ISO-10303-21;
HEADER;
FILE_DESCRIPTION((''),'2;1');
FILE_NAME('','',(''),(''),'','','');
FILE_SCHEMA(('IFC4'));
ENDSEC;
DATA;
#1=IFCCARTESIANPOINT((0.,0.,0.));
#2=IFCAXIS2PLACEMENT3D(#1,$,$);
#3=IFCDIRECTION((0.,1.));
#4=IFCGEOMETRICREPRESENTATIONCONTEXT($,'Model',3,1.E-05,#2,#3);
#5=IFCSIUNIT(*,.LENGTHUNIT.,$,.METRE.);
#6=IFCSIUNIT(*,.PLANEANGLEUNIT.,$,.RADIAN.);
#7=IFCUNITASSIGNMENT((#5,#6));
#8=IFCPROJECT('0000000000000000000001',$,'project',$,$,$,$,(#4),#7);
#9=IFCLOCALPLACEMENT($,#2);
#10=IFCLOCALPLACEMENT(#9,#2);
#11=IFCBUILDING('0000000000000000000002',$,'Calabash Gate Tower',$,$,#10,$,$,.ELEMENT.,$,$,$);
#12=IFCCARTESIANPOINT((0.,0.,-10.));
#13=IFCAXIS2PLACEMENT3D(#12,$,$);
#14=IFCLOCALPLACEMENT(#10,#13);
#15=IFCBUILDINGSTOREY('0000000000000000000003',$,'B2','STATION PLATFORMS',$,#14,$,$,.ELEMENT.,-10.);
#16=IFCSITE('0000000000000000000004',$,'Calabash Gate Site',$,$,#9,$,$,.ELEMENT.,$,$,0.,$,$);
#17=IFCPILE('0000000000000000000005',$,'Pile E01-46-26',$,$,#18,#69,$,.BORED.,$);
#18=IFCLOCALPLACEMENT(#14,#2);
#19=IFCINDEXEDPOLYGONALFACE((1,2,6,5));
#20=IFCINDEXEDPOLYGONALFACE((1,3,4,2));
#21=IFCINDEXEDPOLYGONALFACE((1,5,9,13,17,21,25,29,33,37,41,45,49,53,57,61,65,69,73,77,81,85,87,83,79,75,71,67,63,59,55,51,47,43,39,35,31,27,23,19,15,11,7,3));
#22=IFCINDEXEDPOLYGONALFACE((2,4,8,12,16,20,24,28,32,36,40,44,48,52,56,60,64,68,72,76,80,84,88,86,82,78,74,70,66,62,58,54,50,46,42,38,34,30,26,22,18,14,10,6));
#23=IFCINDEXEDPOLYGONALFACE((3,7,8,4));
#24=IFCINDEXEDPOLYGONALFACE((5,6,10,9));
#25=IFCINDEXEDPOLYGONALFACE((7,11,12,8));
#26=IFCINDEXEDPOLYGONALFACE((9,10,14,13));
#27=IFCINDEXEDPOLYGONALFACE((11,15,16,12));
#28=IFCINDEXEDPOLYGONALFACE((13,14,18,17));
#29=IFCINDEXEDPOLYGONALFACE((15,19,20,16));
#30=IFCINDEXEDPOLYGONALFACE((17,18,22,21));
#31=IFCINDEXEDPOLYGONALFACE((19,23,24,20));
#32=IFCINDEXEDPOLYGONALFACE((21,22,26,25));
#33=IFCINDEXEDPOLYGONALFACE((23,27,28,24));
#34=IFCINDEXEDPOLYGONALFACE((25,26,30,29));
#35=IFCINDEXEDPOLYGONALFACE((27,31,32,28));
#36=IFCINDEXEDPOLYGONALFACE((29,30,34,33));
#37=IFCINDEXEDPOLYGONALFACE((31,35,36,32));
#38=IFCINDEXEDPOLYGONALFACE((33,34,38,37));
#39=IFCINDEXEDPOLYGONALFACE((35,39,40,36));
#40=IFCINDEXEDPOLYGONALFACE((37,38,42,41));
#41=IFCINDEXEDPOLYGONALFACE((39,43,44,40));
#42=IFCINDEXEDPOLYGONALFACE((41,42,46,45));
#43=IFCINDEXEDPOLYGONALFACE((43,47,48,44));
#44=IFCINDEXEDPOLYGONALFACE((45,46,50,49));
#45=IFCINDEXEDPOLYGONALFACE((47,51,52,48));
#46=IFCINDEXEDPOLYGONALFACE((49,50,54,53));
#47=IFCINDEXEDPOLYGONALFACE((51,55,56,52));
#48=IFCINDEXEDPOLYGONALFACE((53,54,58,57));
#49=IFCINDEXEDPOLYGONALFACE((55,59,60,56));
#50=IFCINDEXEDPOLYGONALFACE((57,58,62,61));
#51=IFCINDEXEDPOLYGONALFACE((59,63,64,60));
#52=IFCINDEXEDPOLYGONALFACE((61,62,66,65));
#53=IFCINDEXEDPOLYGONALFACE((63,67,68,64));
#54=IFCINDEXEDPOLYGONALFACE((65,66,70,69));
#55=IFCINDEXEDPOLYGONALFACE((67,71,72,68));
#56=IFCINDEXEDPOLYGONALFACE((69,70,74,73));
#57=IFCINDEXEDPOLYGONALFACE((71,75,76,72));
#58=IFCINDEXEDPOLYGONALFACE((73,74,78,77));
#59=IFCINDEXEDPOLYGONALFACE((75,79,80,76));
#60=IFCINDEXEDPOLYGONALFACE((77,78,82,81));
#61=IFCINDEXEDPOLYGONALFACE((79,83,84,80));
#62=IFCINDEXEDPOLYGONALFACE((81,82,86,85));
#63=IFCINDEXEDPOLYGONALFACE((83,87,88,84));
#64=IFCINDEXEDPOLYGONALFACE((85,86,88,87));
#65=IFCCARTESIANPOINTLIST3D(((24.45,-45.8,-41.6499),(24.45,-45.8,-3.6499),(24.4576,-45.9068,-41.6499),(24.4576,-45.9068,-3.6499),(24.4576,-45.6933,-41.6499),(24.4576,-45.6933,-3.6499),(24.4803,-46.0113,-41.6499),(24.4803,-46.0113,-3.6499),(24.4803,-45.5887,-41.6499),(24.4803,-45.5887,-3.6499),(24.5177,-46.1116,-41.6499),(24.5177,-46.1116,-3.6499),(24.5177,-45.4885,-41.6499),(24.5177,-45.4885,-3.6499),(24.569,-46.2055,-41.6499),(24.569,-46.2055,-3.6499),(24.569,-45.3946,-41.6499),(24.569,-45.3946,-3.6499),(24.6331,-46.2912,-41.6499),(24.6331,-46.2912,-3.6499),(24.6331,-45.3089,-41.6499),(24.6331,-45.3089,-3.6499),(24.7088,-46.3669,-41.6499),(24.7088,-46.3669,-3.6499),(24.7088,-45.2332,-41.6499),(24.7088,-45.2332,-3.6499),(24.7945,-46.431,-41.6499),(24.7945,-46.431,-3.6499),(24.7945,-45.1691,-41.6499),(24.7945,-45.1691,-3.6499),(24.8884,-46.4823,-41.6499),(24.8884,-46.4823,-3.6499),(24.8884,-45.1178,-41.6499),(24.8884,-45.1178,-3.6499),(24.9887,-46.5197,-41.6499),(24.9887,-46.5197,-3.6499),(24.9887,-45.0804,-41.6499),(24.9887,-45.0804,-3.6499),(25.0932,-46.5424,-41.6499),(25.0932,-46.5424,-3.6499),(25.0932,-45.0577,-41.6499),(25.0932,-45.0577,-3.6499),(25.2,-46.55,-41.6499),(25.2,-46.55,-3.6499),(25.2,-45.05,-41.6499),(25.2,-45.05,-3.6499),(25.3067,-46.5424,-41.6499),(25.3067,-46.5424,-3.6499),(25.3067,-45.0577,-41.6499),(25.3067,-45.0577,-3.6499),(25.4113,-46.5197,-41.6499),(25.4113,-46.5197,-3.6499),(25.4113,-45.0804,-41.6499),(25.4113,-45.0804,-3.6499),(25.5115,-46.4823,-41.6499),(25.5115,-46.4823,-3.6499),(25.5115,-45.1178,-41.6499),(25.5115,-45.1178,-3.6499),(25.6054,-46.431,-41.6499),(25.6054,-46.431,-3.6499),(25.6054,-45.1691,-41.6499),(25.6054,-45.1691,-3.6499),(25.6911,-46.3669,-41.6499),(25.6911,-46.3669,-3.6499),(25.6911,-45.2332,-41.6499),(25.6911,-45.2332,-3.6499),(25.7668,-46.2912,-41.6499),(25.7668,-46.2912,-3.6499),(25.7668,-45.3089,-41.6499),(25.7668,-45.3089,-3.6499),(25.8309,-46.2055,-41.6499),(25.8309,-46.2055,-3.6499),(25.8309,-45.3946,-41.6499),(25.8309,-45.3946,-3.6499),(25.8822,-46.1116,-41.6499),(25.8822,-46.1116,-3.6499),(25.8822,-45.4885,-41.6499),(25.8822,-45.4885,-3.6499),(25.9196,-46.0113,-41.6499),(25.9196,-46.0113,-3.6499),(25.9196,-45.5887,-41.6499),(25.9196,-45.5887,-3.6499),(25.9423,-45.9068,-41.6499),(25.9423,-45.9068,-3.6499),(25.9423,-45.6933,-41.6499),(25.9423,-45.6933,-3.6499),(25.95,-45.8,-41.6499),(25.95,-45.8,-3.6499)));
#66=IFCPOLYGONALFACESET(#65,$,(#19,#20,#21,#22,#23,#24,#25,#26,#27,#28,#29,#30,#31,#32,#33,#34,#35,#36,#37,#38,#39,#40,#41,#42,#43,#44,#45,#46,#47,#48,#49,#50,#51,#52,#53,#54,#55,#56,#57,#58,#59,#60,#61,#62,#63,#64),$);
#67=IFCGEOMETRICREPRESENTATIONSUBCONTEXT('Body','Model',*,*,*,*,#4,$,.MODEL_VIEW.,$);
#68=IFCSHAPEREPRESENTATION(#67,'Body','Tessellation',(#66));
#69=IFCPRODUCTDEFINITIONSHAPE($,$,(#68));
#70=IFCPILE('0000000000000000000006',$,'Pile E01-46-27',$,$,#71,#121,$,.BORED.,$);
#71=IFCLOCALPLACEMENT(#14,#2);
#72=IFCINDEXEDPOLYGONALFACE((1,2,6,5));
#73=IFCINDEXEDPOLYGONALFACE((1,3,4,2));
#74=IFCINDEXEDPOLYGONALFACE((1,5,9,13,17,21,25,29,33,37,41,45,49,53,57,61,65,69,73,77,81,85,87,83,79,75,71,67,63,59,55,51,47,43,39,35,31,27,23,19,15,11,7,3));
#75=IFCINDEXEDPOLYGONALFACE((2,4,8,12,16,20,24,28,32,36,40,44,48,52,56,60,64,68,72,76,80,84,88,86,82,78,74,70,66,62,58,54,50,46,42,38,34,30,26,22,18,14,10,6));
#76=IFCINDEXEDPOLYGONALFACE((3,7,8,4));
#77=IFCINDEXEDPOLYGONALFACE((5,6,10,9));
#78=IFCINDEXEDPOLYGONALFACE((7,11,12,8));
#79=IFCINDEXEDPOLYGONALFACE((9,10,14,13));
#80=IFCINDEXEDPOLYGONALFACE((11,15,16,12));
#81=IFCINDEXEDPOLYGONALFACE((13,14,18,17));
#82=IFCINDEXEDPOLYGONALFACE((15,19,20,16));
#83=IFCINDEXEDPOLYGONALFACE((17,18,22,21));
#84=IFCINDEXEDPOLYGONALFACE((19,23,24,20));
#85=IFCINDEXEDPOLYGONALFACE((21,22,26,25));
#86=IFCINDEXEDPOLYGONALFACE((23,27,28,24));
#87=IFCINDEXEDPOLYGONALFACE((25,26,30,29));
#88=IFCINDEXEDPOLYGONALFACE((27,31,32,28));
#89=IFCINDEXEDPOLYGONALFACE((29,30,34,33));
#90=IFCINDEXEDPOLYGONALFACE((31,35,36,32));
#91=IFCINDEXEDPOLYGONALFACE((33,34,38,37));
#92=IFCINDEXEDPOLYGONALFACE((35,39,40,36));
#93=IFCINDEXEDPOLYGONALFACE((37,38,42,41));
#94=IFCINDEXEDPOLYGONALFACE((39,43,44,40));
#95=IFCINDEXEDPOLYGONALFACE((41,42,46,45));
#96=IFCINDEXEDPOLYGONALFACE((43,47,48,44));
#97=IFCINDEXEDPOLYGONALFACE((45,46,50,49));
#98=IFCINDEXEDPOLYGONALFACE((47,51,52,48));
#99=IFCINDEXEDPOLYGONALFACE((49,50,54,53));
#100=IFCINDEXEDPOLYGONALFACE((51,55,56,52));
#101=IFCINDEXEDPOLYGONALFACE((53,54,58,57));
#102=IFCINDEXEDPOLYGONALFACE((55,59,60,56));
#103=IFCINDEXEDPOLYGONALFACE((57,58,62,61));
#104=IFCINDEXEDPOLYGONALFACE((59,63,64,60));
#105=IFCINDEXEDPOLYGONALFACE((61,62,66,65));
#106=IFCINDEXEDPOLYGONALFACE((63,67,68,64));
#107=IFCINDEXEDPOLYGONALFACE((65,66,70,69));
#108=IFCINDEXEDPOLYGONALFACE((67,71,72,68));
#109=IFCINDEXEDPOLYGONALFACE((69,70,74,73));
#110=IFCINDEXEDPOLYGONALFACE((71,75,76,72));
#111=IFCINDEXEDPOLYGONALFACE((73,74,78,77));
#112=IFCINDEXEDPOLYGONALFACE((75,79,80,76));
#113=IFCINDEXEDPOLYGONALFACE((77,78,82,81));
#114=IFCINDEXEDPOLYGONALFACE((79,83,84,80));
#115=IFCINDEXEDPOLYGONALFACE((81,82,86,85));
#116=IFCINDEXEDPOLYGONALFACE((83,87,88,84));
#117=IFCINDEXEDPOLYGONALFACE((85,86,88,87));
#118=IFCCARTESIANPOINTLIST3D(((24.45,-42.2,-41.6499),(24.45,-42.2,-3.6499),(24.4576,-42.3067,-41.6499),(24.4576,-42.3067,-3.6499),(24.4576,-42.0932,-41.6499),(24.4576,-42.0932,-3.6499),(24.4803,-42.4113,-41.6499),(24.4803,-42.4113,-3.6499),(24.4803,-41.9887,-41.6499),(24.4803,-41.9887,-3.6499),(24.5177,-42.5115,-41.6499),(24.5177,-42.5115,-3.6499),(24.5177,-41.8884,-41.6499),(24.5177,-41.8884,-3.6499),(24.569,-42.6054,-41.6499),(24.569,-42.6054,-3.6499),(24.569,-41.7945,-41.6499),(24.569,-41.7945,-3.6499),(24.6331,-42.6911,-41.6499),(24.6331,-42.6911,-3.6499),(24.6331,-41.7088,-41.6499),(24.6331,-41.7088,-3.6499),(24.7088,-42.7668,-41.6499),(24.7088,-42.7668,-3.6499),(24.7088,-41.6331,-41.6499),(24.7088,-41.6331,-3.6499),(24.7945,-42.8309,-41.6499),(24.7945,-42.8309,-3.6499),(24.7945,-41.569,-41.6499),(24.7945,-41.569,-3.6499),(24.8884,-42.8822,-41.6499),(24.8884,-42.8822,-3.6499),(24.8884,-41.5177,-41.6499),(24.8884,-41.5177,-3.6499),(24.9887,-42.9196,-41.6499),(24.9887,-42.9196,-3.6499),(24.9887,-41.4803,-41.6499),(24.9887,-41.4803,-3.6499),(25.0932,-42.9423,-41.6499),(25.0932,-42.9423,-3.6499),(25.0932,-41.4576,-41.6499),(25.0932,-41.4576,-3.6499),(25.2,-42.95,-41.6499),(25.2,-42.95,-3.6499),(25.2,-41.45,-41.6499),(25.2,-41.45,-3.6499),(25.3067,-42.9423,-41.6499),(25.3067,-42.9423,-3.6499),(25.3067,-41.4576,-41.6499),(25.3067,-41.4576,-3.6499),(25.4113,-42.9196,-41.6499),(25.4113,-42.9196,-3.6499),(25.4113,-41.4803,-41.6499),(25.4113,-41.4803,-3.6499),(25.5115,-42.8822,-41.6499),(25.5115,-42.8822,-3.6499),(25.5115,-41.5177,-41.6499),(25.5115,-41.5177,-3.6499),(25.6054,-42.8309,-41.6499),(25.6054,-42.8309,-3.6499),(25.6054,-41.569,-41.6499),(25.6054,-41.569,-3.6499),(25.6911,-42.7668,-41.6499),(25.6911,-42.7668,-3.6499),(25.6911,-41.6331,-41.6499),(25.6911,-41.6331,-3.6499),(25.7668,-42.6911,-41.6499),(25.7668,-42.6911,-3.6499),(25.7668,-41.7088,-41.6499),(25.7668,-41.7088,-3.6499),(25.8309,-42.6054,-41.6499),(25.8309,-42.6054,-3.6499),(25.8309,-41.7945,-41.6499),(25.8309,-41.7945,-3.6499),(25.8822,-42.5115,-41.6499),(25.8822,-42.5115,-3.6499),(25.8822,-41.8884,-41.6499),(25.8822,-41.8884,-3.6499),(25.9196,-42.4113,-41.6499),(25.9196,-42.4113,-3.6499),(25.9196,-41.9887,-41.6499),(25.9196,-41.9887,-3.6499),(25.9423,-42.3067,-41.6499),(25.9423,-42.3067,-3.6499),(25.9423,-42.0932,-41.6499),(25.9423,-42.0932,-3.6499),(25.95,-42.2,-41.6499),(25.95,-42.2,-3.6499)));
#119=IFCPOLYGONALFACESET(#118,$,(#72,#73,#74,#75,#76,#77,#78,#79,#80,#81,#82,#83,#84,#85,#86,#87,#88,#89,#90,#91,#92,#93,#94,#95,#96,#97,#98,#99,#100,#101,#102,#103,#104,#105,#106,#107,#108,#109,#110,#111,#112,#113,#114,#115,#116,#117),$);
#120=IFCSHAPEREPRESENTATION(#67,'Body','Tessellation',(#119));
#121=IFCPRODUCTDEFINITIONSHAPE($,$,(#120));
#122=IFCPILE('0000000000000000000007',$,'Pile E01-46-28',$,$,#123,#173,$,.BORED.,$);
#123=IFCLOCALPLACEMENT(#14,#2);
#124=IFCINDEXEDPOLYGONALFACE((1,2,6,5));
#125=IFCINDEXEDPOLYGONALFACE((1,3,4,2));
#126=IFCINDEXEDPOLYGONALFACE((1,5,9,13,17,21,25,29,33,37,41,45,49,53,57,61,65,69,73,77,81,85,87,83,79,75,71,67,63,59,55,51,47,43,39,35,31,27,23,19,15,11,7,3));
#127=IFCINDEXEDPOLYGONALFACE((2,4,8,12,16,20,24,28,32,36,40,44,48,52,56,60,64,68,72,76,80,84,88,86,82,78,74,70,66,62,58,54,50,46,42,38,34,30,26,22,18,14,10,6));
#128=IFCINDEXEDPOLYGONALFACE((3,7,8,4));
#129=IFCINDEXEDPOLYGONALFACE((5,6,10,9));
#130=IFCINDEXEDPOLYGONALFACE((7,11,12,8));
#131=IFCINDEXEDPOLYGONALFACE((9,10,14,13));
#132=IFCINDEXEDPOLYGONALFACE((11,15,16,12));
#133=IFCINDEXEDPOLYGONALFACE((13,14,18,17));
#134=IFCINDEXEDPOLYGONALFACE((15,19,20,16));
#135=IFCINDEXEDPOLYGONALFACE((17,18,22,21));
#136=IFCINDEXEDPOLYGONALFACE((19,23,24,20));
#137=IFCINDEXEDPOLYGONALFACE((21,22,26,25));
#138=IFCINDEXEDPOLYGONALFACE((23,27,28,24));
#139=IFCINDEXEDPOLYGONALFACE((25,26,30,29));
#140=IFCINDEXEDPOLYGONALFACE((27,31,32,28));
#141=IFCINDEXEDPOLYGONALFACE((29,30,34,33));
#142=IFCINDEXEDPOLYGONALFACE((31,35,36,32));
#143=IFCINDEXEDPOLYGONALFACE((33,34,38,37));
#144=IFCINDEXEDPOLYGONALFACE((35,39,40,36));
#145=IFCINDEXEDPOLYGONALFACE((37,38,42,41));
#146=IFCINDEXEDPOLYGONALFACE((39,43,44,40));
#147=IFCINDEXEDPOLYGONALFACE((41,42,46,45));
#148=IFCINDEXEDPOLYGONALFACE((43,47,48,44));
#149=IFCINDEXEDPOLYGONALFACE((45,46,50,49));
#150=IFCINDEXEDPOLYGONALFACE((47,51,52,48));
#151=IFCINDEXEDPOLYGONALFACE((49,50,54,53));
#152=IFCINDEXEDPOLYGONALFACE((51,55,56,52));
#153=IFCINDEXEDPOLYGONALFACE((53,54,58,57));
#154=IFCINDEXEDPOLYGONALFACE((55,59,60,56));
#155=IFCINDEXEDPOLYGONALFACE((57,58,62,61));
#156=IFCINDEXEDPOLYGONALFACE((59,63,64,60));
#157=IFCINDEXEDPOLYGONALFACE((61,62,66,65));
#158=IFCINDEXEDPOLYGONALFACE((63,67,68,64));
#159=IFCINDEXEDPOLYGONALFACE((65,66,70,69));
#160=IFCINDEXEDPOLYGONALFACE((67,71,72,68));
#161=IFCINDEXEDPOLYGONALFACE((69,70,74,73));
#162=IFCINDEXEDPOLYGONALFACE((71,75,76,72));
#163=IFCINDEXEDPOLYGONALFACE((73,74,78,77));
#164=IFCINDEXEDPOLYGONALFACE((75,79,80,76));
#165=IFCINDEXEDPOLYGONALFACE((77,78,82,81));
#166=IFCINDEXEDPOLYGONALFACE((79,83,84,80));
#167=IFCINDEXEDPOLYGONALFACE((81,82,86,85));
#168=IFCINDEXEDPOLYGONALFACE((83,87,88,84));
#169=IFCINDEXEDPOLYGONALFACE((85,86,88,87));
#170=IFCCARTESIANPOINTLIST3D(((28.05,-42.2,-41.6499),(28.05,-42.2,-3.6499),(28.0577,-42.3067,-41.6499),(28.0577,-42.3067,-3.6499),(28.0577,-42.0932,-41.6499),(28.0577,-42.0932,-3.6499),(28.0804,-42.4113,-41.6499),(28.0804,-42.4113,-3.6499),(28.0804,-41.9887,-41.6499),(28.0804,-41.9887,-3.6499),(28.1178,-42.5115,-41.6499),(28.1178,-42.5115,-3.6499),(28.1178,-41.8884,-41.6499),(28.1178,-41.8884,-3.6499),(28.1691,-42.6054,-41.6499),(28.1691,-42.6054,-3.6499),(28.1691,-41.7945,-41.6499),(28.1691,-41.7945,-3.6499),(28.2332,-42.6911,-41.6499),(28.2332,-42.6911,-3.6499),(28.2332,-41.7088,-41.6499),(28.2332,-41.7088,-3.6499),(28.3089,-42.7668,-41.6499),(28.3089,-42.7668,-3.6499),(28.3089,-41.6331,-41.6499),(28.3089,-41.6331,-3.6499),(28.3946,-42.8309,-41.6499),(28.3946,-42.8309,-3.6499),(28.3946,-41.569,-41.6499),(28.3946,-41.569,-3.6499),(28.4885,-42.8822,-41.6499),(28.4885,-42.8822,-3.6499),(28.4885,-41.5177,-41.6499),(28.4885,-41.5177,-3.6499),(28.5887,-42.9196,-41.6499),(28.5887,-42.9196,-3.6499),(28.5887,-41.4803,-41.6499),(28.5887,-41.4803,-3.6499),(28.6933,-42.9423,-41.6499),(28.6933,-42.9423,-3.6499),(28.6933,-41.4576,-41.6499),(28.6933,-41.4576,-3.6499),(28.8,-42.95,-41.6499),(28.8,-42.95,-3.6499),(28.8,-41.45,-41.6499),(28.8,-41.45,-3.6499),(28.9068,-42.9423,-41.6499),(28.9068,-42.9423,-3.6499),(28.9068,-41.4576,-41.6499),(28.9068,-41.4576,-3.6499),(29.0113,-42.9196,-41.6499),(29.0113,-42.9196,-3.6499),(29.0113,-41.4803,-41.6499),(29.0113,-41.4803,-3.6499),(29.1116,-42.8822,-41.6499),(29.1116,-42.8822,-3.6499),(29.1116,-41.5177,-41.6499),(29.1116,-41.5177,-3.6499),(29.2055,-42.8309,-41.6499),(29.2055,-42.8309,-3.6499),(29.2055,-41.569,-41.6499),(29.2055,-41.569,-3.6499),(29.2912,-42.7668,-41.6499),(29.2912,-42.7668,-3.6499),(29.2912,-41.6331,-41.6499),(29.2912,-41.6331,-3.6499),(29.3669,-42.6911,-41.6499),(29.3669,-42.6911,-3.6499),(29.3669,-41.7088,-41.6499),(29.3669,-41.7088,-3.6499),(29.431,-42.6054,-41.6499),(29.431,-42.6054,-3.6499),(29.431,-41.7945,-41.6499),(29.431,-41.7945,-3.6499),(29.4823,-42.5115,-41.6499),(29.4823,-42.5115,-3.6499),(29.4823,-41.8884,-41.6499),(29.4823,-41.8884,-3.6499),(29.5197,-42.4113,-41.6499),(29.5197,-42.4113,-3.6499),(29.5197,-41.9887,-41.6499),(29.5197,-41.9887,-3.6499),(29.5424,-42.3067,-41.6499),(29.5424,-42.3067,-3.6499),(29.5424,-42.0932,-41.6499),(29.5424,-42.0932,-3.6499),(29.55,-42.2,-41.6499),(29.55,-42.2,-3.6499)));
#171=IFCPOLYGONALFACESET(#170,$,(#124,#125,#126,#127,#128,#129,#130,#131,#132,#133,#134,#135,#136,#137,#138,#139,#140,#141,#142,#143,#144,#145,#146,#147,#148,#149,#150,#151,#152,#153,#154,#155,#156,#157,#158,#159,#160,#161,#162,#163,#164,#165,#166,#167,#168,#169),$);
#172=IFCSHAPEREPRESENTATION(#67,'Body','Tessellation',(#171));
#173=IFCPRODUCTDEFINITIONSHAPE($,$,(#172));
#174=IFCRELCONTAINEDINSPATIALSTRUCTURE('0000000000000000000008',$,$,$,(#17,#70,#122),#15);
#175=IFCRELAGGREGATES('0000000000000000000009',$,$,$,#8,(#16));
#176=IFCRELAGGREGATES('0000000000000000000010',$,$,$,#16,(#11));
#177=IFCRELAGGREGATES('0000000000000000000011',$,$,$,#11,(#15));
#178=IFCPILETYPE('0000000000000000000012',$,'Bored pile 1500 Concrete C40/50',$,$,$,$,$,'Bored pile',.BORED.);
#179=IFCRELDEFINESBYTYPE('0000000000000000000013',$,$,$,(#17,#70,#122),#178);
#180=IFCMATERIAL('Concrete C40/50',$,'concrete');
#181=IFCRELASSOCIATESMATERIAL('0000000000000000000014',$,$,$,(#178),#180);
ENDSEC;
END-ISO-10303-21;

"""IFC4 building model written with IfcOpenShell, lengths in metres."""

from ifc_helpers import new_model, si_unit, direction, frame, origin, origin_2d, place, context, subcontext, project, spatial, circle, extrude, material, material_profile, profile_set, type_object, element, save


model = new_model("IFC4")

# Units and contexts
model_context = context("Model", 3, precision=1e-05, world=origin(), true_north=direction((0.0, 1.0)))
body_context = subcontext(model_context, "Body", "Model", "MODEL_VIEW")
ifc_project = project(units=[si_unit("LENGTHUNIT", "METRE"), si_unit("PLANEANGLEUNIT", "RADIAN")], contexts=[model_context])

# Site, building, storey
site_placement = place(None, origin())
site = spatial("IfcSite", under=ifc_project, at=site_placement, Name="Calabash Gate Site", CompositionType="ELEMENT", RefElevation=0.0)
building_placement = place(site_placement, origin())
building = spatial("IfcBuilding", under=site, at=building_placement, Name="Calabash Gate Tower", CompositionType="ELEMENT")
storey_placement = place(building_placement, frame((0.0, 0.0, -10.0)))
storey = spatial("IfcBuildingStorey", under=building, at=storey_placement, Name="B2", Description="STATION PLATFORMS", CompositionType="ELEMENT", Elevation=-10.0)

# Piles
ifc_material_1 = material(Name="Concrete C40/50", Category="concrete")
ifc_material_profile_1 = material_profile(ifc_material_1, circle(Radius=0.75, at=origin_2d()))
ifc_profile_set_1 = profile_set([ifc_material_profile_1], Name="Concrete C40/50")
pile_type = type_object("IfcPileType", Name="Bored pile 1500 Concrete C40/50", ElementType="Bored pile", PredefinedType="BORED", material=ifc_profile_set_1)
for number, where, z_axis, x_axis, name in (
    (1, (25.2, -45.8, -3.6499), (0.0, 0.0, -1.0), (1.0, 0.0, 0.0), "Pile E01-46-26"),
    (2, (25.2, -42.2, -3.6499), (0.0, 0.0, -1.0), (1.0, 0.0, 0.0), "Pile E01-46-27"),
    (3, (28.8, -42.2, -3.6499), (0.0, 0.0, -1.0), (1.0, 0.0, 0.0), "Pile E01-46-28"),
):
    element("IfcPile", number, at=place(storey_placement, frame(where, z_axis=z_axis, x_axis=x_axis)), inside=storey, type_object=pile_type, Name=name, PredefinedType="BORED", context=body_context, shape_type="SweptSolid", body=[
        extrude(circle(Radius=0.75, at=origin_2d()), origin(), (0.0, 0.0, 1.0), 38.0),
    ])

save(model, "model.ifc")
